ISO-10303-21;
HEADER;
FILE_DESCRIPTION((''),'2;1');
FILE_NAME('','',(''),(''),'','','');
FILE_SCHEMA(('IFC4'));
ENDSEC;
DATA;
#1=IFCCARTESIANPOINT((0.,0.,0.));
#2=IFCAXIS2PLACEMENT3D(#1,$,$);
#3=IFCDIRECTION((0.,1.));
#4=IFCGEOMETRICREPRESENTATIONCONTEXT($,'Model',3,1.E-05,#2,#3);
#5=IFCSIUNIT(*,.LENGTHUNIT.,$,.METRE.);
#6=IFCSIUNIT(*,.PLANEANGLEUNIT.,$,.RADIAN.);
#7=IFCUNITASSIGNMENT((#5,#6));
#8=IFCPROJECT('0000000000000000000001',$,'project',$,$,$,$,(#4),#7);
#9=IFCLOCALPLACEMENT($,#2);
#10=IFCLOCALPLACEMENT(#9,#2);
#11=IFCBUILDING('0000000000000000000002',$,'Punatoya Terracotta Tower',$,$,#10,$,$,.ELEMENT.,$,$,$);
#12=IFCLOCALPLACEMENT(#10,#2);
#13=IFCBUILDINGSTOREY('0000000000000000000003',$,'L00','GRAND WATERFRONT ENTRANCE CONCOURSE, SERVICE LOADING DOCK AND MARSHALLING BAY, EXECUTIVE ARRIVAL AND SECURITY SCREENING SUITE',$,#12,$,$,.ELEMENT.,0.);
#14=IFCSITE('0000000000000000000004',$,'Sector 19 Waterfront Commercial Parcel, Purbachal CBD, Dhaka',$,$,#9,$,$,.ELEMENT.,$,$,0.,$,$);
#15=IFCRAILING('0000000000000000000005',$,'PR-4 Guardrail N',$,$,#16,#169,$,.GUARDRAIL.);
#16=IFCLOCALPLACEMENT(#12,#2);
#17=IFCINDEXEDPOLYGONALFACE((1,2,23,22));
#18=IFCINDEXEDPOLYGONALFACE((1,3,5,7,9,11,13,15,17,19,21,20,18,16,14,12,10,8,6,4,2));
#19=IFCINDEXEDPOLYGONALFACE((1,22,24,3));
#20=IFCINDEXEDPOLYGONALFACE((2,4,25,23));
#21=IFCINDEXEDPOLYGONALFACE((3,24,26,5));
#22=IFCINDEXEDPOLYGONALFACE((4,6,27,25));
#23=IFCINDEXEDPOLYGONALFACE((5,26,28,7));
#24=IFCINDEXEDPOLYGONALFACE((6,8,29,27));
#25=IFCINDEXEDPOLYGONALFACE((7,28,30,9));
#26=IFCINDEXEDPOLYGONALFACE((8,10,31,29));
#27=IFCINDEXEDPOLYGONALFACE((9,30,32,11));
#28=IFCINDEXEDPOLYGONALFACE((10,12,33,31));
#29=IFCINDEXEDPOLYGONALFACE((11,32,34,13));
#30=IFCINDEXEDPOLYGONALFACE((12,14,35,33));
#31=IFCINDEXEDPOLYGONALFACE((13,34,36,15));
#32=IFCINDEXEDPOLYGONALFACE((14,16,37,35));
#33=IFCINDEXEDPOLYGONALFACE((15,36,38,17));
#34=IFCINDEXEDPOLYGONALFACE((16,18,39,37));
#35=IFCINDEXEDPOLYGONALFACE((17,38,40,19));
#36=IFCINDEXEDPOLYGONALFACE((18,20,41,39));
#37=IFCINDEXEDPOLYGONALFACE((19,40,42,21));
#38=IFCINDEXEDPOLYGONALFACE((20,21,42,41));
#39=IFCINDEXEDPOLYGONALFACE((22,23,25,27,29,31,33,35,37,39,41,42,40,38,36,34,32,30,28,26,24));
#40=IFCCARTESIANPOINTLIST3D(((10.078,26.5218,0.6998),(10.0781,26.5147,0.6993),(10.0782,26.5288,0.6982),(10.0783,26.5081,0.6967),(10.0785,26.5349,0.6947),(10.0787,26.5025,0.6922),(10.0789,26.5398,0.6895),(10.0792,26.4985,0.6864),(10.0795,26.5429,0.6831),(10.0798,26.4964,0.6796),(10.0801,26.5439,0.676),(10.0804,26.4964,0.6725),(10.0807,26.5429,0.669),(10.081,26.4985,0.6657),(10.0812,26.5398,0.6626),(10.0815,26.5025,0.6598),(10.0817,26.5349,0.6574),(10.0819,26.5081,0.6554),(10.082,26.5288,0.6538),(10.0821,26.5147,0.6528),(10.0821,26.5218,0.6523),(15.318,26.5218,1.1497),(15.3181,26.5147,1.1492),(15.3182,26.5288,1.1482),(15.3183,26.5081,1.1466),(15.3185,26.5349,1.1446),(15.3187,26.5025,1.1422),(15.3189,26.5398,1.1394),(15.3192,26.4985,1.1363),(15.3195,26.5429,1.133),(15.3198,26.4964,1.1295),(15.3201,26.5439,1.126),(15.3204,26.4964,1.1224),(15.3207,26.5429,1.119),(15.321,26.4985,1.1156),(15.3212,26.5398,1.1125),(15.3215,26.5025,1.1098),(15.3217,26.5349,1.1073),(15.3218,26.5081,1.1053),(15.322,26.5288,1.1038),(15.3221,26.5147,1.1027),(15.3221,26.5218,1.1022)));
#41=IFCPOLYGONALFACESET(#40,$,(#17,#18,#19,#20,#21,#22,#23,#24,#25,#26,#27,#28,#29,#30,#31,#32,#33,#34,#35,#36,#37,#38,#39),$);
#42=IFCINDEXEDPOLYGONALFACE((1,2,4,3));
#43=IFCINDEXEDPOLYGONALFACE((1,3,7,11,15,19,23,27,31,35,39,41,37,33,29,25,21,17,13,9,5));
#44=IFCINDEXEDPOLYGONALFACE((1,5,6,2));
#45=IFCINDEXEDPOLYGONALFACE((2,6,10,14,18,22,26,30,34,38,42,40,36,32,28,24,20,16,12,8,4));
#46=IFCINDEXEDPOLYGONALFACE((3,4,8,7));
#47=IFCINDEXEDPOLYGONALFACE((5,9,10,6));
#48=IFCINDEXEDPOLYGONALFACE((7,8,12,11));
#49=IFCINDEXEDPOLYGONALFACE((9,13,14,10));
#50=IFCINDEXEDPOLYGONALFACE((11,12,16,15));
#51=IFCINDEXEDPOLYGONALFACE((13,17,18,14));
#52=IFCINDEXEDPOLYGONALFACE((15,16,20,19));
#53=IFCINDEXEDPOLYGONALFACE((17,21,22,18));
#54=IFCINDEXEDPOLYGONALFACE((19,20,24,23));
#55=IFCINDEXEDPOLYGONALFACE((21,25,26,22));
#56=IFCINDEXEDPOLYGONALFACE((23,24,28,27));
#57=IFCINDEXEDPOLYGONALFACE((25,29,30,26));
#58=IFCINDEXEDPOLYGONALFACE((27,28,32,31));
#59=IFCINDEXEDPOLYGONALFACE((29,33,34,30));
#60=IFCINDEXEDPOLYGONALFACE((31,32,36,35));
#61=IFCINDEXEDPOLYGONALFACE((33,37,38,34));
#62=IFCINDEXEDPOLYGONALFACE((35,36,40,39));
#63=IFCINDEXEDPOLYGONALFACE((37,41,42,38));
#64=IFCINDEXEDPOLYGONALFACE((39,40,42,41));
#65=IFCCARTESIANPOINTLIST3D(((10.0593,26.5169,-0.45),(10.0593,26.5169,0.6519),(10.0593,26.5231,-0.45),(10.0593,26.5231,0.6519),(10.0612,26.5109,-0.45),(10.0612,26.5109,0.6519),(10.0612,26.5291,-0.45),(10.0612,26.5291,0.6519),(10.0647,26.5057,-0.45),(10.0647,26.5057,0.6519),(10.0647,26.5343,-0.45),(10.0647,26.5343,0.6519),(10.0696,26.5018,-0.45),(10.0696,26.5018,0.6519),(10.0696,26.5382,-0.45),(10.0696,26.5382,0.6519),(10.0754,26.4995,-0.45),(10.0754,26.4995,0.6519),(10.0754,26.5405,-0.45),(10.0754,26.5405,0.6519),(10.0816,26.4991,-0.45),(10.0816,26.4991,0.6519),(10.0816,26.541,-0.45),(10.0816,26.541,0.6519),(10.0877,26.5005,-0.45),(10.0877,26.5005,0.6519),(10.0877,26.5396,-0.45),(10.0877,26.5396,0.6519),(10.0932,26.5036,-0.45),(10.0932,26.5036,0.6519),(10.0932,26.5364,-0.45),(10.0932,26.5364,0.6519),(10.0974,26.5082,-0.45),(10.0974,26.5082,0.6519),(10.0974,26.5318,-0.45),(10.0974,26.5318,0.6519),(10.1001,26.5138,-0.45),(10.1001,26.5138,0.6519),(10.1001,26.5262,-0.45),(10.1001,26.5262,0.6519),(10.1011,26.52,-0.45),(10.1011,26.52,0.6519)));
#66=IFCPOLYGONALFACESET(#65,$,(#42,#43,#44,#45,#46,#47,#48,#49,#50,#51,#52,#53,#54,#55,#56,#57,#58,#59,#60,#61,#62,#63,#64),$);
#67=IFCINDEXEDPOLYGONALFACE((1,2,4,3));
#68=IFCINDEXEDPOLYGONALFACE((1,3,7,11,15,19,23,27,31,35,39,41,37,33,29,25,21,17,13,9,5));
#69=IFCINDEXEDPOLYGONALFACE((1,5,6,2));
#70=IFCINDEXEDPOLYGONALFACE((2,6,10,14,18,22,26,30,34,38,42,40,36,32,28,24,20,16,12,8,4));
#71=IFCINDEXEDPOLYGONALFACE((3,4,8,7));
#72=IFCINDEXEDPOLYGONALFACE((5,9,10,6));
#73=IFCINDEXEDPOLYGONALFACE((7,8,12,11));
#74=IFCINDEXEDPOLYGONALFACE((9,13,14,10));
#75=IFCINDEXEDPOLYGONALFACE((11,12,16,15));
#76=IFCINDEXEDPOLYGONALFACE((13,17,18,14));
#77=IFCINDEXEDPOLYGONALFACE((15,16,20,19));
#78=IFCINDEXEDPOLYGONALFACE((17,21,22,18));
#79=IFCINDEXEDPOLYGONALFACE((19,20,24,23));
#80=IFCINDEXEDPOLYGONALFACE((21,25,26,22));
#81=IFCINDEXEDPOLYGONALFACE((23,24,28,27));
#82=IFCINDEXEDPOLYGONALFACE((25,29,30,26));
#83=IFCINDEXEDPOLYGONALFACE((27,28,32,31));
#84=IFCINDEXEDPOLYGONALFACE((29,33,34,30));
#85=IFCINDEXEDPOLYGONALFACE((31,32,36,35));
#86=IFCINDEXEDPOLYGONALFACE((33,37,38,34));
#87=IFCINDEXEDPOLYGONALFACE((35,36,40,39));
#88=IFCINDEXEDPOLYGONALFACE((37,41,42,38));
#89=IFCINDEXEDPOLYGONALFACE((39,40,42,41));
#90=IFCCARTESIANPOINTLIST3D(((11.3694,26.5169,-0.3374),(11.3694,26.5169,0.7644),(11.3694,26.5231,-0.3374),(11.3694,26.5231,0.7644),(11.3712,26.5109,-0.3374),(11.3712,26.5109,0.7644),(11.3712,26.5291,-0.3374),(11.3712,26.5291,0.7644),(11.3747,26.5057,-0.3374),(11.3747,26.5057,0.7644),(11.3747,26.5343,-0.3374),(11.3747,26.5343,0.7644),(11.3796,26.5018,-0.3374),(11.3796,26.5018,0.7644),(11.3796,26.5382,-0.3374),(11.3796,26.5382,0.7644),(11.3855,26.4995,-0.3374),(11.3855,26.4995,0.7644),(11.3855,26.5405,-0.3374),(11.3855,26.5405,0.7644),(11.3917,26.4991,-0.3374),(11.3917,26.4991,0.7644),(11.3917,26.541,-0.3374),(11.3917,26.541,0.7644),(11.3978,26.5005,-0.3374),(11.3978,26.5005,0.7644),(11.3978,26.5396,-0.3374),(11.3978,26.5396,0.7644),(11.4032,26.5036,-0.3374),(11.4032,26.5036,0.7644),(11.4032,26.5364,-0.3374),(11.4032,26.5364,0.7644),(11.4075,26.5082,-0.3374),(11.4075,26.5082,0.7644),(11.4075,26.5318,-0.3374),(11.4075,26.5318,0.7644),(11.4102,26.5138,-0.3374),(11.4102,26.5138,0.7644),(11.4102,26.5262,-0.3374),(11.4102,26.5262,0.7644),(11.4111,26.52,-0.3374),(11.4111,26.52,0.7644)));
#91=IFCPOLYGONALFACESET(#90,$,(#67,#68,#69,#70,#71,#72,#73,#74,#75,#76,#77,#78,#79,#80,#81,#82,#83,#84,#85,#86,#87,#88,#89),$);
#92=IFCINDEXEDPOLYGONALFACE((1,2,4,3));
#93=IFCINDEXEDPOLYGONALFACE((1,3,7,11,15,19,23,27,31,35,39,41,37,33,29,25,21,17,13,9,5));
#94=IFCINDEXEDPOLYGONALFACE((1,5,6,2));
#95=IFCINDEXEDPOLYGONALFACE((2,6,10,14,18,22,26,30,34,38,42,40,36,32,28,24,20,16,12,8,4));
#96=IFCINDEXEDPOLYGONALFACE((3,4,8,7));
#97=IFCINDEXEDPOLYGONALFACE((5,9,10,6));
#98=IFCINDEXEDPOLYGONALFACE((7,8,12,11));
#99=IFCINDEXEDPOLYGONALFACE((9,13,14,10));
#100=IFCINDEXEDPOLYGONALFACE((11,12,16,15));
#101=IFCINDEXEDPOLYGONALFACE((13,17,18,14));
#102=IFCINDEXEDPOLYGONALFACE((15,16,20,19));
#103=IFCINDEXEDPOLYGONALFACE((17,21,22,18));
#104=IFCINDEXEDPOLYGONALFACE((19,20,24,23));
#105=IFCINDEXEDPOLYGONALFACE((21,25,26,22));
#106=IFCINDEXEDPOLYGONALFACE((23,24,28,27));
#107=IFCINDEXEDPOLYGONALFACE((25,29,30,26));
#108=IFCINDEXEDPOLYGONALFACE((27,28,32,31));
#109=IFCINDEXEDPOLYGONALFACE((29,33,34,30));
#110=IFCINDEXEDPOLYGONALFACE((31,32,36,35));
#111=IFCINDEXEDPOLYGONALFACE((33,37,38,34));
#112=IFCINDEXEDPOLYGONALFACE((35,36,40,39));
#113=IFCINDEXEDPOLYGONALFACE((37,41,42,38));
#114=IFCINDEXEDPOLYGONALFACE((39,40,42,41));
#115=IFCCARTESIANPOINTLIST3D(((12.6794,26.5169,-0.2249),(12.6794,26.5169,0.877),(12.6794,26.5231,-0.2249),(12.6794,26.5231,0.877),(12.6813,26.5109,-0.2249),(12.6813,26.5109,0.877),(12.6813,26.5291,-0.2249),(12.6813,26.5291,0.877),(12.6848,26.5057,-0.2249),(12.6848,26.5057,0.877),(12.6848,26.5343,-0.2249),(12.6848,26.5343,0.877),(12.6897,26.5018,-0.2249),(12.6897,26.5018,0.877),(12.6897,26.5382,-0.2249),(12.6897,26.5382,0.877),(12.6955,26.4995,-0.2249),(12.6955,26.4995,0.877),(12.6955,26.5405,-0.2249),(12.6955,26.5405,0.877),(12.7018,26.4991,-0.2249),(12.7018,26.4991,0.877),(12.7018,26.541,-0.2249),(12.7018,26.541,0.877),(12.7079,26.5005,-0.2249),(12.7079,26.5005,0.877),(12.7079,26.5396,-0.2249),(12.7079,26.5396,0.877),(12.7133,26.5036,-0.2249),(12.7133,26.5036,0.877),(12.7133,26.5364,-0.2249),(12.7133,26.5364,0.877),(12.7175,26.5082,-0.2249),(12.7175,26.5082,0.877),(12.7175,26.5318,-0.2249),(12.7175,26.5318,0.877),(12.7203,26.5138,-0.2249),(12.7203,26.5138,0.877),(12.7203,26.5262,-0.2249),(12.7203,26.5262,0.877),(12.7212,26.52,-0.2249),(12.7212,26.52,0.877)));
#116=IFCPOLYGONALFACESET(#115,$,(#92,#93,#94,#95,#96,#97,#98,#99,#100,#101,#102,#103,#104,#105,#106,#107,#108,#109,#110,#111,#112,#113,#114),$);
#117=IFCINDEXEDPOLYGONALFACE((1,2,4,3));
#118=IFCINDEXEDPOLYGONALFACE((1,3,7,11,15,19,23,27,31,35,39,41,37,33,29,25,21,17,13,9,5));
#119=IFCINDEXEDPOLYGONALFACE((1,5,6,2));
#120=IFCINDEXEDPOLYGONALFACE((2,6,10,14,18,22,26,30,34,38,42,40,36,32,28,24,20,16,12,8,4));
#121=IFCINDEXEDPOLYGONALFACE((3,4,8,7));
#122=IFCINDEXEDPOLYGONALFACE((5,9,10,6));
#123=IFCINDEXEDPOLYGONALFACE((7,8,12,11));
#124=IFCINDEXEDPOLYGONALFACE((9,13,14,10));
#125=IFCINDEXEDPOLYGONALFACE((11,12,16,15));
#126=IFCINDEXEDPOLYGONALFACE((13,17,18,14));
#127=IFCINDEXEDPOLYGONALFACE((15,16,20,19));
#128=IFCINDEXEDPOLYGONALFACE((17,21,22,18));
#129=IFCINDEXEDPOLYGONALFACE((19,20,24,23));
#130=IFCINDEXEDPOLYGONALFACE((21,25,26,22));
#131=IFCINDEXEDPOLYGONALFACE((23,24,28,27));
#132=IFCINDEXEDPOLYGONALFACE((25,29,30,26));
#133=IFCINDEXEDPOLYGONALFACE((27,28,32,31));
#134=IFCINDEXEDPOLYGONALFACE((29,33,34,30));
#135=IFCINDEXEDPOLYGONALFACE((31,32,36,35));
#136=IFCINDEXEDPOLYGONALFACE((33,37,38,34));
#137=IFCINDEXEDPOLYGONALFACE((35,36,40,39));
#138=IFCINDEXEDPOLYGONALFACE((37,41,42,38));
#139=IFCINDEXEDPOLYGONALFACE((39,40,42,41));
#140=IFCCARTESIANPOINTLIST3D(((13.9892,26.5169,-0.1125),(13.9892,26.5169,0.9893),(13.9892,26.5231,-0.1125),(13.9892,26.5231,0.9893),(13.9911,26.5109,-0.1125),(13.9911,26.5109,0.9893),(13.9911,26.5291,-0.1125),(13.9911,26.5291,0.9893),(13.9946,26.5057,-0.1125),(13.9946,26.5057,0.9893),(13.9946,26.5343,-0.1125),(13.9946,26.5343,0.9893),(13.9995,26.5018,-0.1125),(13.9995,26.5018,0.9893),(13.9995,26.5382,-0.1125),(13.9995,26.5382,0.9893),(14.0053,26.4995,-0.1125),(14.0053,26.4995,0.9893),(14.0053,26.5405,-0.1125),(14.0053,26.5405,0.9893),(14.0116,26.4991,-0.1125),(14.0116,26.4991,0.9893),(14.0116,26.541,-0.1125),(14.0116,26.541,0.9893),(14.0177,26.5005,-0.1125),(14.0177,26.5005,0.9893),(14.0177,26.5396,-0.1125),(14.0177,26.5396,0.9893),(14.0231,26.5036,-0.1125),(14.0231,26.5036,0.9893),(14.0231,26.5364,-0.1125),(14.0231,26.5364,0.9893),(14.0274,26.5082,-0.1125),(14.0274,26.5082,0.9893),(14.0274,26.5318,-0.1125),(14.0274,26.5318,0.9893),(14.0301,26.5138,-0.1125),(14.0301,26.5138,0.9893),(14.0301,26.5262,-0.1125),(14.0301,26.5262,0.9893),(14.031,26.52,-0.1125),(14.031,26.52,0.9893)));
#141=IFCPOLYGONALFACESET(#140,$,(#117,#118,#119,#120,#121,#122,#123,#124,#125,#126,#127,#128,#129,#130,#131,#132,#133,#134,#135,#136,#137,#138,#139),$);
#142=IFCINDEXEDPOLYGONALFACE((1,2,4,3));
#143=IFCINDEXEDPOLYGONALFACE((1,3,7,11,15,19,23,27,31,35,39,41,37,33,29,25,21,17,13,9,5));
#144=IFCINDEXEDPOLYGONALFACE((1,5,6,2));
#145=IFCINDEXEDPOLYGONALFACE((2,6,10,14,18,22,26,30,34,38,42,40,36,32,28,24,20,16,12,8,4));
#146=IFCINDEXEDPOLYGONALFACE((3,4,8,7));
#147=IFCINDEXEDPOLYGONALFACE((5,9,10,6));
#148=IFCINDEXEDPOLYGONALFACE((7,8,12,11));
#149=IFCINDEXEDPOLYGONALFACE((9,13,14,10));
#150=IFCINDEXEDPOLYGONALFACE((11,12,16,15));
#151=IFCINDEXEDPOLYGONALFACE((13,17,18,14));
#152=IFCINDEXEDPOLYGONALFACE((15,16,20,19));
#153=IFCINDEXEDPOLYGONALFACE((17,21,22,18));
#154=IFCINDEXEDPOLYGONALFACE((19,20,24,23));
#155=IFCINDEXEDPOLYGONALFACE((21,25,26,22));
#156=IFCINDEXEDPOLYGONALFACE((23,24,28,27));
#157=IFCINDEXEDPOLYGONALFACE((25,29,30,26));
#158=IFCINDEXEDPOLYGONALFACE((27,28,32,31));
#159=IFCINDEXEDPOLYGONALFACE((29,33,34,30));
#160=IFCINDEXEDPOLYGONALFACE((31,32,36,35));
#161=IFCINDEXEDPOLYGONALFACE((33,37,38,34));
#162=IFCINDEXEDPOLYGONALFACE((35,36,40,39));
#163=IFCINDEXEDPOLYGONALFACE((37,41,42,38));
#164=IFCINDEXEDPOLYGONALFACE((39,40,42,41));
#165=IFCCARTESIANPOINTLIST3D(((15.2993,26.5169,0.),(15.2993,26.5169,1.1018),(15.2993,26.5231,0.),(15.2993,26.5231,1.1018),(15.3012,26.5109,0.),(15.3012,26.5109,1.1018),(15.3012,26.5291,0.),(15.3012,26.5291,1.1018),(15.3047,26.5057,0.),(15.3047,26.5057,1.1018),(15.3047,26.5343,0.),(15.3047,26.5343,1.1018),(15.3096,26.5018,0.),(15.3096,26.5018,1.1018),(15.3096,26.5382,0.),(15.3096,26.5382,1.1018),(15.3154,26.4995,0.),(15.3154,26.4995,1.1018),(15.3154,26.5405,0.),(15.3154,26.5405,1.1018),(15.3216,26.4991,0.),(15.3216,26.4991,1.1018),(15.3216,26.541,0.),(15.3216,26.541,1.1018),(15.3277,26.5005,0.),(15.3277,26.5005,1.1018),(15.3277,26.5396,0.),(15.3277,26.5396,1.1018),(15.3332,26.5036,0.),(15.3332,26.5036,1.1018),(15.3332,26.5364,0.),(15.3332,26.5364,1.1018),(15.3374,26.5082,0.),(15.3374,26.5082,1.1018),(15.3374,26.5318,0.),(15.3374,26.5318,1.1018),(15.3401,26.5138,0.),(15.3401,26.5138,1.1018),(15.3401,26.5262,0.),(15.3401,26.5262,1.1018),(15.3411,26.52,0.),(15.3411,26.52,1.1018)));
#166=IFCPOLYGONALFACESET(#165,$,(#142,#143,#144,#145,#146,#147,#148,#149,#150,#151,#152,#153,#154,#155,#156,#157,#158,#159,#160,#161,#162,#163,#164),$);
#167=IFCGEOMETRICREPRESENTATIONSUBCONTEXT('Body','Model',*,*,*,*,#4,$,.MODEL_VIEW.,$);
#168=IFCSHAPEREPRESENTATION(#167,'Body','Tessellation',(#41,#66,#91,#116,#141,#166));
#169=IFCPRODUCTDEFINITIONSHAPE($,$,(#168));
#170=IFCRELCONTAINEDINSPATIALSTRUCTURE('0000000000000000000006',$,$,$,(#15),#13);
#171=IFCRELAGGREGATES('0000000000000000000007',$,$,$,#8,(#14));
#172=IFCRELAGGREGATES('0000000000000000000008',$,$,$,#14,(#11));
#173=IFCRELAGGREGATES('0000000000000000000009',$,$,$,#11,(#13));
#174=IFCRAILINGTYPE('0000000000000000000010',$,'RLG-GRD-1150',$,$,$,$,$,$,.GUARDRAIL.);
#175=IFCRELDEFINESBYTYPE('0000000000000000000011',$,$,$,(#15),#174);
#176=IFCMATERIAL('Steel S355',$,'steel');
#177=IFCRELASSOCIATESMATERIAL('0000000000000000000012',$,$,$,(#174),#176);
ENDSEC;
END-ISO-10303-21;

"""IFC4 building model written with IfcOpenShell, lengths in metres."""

from ifc_helpers import new_model, si_unit, direction, frame, origin, origin_2d, place, context, subcontext, project, spatial, circle, extrude, material, type_object, element, save


model = new_model("IFC4")

# Units and contexts
model_context = context("Model", 3, precision=1e-05, world=origin(), true_north=direction((0.0, 1.0)))
body_context = subcontext(model_context, "Body", "Model", "MODEL_VIEW")
ifc_project = project(units=[si_unit("LENGTHUNIT", "METRE"), si_unit("PLANEANGLEUNIT", "RADIAN")], contexts=[model_context])

# Site, building, storey
site_placement = place(None, origin())
site = spatial("IfcSite", under=ifc_project, at=site_placement, Name="Sector 19 Waterfront Commercial Parcel, Purbachal CBD, Dhaka", CompositionType="ELEMENT", RefElevation=0.0)
building_placement = place(site_placement, origin())
building = spatial("IfcBuilding", under=site, at=building_placement, Name="Punatoya Terracotta Tower", CompositionType="ELEMENT")
storey_placement = place(building_placement, origin())
storey = spatial("IfcBuildingStorey", under=building, at=storey_placement, Name="L00", Description="GRAND WATERFRONT ENTRANCE CONCOURSE, SERVICE LOADING DOCK AND MARSHALLING BAY, EXECUTIVE ARRIVAL AND SECURITY SCREENING SUITE", CompositionType="ELEMENT", Elevation=0.0)

# Shared definitions
ifc_material_1 = material(Name="Steel S355", Category="steel")

# Railing
railing_type_1 = type_object("IfcRailingType", Name="RLG-GRD-1150", PredefinedType="GUARDRAIL", material=ifc_material_1)
for number, where, name in (
    (1, (10.0801, 26.52, -0.45), "PR-4 Guardrail N"),
):
    element("IfcRailing", number, at=place(storey_placement, frame(where)), inside=storey, type_object=railing_type_1, Name=name, PredefinedType="GUARDRAIL", context=body_context, shape_type="SweptSolid", body=[
        extrude(circle(Radius=0.0239, at=origin_2d()), frame((0.0, 0.0, 1.126), z_axis=(0.996334, 0.0, 0.085554), x_axis=(0.0, 1.0, 0.0)), (0.0, 0.0, 1.0), 5.2593),
        extrude(circle(Radius=0.021, at=origin_2d()), origin(), (0.0, 0.0, 1.0), 1.1018),
        extrude(circle(Radius=0.021, at=origin_2d()), frame((1.3101, 0.0, 0.1125)), (0.0, 0.0, 1.0), 1.1018),
        extrude(circle(Radius=0.021, at=origin_2d()), frame((2.6201, 0.0, 0.2251)), (0.0, 0.0, 1.0), 1.1018),
        extrude(circle(Radius=0.021, at=origin_2d()), frame((3.9299, 0.0, 0.3374)), (0.0, 0.0, 1.0), 1.1018),
        extrude(circle(Radius=0.021, at=origin_2d()), frame((5.24, 0.0, 0.45)), (0.0, 0.0, 1.0), 1.1018),
    ])

save(model, "model.ifc")
